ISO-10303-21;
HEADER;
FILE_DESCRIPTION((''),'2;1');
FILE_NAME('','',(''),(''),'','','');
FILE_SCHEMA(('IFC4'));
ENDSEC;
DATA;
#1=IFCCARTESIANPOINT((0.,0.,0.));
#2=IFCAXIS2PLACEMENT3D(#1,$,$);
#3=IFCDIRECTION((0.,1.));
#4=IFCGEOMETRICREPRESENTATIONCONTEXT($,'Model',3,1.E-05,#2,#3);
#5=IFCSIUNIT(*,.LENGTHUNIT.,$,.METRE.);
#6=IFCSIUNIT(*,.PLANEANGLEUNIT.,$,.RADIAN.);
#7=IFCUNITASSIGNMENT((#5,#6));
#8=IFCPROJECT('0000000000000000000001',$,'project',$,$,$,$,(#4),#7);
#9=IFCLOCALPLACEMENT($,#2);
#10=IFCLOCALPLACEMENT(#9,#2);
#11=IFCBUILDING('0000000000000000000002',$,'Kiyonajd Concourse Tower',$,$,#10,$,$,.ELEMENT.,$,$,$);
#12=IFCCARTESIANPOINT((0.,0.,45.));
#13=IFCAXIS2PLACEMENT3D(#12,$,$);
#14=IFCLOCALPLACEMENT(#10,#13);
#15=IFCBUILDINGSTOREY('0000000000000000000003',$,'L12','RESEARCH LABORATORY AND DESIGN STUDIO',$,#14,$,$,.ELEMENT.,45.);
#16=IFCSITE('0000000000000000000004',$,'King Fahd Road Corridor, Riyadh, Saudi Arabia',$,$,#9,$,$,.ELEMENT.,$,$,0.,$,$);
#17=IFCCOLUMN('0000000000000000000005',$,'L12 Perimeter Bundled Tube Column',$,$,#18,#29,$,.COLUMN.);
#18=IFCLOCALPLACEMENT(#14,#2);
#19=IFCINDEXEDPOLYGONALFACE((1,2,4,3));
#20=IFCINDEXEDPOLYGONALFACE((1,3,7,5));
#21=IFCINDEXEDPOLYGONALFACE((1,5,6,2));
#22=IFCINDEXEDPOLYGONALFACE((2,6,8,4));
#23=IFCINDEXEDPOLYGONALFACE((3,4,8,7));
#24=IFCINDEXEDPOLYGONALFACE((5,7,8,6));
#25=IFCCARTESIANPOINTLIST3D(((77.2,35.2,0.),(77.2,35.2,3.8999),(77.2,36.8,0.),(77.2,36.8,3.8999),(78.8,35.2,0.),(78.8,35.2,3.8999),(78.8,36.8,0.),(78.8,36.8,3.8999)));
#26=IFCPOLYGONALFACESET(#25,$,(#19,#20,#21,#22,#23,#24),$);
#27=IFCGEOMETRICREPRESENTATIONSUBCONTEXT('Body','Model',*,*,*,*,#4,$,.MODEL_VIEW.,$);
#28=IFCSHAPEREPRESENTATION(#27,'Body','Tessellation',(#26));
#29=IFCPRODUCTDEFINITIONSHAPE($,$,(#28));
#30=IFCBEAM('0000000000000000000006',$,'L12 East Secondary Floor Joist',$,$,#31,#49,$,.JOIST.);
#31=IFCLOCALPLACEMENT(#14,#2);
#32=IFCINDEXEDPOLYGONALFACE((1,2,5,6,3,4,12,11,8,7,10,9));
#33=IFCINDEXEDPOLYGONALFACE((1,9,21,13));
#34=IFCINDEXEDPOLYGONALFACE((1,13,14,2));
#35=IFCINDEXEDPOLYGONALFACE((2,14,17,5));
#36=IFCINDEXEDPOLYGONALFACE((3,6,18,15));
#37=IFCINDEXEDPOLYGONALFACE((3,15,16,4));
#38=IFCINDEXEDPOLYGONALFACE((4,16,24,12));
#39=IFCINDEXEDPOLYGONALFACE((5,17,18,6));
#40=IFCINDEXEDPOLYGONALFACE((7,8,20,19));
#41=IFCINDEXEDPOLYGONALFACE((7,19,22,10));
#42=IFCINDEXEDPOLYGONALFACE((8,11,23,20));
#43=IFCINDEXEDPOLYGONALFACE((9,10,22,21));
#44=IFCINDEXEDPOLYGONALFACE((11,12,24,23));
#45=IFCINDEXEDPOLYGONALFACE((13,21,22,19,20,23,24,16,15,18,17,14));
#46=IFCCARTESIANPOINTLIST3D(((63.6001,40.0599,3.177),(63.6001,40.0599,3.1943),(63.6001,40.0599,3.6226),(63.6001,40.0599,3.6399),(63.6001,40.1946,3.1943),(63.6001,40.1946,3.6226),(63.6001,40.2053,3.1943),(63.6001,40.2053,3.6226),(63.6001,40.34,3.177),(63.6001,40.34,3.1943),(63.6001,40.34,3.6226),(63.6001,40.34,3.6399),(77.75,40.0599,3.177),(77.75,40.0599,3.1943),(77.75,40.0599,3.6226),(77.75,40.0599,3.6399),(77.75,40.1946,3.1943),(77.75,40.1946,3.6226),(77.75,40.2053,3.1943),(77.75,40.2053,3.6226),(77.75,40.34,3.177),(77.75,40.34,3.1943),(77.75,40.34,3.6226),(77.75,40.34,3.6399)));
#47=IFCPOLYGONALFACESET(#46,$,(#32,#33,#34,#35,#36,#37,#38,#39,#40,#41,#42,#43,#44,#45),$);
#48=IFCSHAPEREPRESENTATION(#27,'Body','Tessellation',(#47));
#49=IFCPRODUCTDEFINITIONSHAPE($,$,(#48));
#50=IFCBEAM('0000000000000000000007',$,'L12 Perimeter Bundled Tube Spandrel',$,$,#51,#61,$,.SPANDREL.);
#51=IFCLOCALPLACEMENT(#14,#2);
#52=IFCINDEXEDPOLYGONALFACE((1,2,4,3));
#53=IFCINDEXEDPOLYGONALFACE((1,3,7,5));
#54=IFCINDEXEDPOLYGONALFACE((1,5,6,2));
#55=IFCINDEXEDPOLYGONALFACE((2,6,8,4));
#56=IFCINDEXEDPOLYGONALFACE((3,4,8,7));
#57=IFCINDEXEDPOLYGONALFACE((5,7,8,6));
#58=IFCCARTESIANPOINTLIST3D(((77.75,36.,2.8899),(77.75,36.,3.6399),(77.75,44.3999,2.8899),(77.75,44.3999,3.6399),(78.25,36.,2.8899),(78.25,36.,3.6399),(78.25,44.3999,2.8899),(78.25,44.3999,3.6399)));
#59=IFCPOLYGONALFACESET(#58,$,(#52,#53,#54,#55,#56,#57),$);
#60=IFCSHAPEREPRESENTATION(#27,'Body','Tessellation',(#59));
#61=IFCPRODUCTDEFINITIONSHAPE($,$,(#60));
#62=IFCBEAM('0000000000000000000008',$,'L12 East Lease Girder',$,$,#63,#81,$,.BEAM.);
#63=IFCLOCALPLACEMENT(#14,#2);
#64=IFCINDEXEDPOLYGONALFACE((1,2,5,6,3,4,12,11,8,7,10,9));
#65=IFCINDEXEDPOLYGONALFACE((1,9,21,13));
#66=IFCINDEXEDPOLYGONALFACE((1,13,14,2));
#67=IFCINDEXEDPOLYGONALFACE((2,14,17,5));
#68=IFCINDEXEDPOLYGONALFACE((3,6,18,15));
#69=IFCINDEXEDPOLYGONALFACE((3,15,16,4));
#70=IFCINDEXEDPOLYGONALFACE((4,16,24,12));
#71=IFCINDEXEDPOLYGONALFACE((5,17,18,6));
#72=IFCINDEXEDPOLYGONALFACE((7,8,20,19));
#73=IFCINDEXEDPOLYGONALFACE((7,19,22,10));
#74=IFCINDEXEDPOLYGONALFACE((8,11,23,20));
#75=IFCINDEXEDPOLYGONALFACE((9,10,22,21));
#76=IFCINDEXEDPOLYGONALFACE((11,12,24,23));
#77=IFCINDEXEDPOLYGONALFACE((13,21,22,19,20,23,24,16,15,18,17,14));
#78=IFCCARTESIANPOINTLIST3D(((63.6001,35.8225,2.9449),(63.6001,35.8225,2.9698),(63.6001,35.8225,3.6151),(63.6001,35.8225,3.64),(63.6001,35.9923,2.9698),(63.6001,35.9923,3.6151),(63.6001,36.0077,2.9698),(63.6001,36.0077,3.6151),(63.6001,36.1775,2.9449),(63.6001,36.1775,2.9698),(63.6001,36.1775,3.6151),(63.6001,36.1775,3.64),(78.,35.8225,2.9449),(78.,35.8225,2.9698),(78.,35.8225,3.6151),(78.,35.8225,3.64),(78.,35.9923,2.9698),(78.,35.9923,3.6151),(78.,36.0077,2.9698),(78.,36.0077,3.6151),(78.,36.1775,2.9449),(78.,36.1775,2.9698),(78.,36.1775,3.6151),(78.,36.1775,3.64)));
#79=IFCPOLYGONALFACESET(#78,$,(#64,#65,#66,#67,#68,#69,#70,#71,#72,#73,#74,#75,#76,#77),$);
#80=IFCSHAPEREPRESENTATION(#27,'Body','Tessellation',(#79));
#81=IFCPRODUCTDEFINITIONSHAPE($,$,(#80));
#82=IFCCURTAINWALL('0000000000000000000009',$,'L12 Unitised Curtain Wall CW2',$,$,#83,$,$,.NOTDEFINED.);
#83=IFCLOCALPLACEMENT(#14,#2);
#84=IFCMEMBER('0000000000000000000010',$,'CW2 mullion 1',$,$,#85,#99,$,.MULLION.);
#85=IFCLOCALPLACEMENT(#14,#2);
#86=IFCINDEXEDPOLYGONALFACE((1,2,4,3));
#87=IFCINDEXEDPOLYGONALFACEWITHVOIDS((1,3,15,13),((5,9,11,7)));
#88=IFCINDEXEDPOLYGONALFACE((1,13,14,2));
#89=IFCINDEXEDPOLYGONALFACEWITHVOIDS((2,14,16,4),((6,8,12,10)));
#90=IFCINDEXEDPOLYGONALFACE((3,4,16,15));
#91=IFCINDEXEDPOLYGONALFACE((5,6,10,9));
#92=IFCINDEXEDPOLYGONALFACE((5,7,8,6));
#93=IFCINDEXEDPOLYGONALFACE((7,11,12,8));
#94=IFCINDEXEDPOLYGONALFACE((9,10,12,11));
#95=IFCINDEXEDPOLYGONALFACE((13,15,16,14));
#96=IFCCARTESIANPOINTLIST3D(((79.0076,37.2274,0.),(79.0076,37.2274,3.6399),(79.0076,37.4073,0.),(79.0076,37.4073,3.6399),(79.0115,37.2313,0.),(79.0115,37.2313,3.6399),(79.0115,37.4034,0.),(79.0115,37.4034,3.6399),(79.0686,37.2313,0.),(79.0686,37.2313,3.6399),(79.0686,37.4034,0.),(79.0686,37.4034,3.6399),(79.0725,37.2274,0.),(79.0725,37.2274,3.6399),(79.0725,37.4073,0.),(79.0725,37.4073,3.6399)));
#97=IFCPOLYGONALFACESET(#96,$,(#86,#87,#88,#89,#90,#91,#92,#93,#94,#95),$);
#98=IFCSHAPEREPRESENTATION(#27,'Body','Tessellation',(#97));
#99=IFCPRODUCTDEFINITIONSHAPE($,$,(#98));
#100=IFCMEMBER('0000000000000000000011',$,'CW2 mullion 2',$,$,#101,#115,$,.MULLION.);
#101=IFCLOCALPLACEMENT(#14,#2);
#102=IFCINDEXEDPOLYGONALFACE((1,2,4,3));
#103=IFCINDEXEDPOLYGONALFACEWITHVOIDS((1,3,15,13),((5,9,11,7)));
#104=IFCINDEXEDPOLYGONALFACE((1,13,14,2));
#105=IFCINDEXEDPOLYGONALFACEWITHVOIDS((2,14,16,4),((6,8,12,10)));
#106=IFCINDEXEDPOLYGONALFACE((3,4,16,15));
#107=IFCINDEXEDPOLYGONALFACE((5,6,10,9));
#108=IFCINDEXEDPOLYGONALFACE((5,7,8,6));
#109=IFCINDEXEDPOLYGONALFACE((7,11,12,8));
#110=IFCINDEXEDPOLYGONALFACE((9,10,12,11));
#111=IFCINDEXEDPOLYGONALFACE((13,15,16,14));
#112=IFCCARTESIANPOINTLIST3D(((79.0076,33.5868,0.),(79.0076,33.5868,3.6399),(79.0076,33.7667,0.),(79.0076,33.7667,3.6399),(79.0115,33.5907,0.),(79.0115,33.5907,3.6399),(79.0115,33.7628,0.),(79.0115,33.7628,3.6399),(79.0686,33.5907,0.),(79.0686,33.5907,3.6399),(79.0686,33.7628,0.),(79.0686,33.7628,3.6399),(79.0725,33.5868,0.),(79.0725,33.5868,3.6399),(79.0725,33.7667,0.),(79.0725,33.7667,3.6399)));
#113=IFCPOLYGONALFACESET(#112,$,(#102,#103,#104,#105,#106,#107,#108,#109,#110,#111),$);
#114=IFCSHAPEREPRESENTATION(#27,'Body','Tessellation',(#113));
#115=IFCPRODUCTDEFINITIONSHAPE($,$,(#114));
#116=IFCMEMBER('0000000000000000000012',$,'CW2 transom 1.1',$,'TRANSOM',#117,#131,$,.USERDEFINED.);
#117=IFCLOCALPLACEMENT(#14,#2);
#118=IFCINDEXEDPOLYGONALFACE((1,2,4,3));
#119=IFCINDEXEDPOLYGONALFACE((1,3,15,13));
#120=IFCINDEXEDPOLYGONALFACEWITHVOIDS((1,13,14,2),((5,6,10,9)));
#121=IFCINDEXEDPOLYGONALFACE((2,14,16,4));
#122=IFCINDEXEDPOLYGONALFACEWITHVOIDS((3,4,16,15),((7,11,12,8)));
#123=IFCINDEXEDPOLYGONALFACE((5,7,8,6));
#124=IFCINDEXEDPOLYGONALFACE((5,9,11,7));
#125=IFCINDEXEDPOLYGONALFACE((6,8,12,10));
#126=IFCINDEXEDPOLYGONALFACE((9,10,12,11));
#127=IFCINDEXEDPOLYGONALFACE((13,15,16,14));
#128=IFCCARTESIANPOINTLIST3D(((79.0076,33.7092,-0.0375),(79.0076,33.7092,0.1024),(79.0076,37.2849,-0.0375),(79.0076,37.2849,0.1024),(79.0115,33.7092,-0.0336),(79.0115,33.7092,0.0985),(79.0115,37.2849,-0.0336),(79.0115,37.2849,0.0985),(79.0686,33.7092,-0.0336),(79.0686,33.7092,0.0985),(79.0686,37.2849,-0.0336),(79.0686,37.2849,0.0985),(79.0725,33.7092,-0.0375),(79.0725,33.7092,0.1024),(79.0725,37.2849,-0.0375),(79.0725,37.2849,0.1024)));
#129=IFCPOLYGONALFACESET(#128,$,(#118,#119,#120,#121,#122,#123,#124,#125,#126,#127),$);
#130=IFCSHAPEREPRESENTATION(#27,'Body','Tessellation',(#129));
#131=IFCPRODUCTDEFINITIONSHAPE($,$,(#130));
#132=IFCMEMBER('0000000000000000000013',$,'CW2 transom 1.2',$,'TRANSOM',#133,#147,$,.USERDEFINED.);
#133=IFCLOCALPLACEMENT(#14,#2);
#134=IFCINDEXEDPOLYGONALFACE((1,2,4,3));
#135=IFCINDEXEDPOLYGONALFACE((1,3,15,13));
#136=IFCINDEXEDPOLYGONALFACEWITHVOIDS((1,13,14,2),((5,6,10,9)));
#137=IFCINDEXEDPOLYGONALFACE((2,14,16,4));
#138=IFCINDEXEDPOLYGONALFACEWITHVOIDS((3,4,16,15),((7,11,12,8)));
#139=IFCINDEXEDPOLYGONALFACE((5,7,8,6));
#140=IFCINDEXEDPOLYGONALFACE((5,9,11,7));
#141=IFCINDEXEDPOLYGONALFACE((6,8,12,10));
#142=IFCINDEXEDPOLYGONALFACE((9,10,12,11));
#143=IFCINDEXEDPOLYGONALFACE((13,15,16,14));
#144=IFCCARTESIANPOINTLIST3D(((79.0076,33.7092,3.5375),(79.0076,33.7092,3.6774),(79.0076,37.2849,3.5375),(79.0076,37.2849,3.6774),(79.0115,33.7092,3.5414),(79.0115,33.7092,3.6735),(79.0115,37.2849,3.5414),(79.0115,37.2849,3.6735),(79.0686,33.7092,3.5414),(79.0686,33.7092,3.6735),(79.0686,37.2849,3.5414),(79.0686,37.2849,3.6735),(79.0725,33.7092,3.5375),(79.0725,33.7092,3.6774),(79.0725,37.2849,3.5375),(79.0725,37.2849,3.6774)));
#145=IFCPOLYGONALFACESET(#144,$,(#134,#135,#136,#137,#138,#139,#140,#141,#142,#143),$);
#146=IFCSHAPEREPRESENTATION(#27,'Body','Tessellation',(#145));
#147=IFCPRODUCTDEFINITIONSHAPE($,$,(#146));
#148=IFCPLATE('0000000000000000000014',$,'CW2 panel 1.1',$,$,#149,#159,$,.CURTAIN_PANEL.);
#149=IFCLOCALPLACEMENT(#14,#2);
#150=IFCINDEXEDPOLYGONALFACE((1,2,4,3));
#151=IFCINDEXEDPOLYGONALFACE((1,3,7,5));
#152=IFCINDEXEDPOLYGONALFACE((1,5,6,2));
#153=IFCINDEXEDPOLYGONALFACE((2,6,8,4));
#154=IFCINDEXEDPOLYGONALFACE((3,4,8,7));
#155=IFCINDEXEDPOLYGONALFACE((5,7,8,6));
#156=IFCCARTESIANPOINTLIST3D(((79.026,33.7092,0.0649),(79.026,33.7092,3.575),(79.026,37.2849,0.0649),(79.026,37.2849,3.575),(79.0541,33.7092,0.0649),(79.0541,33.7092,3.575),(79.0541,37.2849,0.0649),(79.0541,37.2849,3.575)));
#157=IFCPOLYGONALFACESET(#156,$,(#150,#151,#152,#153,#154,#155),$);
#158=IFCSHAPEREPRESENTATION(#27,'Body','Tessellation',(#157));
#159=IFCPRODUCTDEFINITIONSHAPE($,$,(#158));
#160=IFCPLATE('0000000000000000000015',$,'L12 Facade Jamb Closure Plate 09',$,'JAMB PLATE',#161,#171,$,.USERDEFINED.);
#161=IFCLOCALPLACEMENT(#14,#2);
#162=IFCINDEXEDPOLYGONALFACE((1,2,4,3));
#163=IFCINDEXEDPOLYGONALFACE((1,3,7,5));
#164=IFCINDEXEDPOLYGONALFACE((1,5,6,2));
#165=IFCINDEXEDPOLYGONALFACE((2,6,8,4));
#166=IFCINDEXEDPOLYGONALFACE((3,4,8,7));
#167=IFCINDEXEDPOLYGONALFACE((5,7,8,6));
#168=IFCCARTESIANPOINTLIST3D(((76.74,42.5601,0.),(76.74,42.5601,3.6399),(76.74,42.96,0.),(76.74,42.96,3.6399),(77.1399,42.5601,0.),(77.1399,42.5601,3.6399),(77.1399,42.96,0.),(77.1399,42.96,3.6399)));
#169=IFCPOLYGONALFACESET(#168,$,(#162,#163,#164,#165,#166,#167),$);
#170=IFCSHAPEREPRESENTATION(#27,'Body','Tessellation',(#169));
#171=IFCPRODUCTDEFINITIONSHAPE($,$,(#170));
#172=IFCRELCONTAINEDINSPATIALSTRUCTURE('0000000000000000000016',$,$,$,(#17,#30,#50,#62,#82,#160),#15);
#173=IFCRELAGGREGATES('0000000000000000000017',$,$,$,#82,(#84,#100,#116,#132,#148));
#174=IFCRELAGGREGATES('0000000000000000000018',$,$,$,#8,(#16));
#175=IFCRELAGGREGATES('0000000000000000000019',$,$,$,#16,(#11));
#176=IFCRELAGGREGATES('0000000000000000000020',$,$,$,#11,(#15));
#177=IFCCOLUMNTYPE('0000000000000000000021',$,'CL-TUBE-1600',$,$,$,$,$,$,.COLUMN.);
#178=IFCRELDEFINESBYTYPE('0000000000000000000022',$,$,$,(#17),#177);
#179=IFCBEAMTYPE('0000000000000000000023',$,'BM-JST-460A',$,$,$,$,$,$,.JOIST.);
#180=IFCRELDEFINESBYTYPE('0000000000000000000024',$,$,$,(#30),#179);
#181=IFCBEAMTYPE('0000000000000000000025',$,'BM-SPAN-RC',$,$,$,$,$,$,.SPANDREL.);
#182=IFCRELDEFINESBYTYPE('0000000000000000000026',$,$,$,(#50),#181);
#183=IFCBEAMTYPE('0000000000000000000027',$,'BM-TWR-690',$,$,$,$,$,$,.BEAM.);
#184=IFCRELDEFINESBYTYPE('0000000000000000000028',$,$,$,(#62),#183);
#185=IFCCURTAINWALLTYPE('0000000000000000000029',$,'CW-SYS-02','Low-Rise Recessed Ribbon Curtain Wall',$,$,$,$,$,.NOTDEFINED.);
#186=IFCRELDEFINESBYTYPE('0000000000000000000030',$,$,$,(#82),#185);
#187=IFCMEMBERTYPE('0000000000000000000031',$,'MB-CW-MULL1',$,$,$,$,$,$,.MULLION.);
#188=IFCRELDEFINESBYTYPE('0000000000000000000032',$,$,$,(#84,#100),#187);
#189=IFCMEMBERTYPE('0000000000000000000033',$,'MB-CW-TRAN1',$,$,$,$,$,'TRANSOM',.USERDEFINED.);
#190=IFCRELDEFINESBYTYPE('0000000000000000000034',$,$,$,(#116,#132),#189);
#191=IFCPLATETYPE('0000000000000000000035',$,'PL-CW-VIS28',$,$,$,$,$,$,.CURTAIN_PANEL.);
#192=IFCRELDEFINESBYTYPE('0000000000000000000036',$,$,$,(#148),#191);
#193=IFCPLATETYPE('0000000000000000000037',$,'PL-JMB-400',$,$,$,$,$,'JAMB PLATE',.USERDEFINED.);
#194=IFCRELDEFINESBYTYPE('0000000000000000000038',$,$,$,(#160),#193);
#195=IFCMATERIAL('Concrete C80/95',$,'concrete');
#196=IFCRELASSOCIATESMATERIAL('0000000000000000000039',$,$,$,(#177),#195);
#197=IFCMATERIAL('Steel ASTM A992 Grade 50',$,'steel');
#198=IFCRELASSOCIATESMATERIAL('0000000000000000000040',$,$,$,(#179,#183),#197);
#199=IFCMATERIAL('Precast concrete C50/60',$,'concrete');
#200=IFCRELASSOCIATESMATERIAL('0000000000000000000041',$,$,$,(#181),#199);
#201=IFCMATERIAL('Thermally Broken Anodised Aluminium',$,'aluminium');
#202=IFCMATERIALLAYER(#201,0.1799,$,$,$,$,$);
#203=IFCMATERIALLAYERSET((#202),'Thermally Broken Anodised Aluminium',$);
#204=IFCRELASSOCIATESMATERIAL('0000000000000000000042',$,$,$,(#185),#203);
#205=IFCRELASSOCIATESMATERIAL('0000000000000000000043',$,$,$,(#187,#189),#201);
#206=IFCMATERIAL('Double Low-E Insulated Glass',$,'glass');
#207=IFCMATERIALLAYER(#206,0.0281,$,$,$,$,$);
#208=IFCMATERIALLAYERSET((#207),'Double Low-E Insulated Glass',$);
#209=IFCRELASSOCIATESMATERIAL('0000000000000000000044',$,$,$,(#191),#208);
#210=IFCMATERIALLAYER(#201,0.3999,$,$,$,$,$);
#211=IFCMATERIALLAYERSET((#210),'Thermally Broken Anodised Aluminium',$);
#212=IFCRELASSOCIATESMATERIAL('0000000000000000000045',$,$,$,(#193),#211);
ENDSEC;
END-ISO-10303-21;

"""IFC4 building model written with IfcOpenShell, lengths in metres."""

from ifc_helpers import new_model, si_unit, direction, frame, origin, origin_2d, place, context, subcontext, project, spatial, rectangle, hollow_rectangle, i_section, extrude, material, layer, layer_set, material_profile, profile_set, type_object, element, aggregate, save


model = new_model("IFC4")

# Units and contexts
model_context = context("Model", 3, precision=1e-05, world=origin(), true_north=direction((0.0, 1.0)))
body_context = subcontext(model_context, "Body", "Model", "MODEL_VIEW")
ifc_project = project(units=[si_unit("LENGTHUNIT", "METRE"), si_unit("PLANEANGLEUNIT", "RADIAN")], contexts=[model_context])

# Site, building, storey
site_placement = place(None, origin())
site = spatial("IfcSite", under=ifc_project, at=site_placement, Name="King Fahd Road Corridor, Riyadh, Saudi Arabia", CompositionType="ELEMENT", RefElevation=0.0)
building_placement = place(site_placement, origin())
building = spatial("IfcBuilding", under=site, at=building_placement, Name="Kiyonajd Concourse Tower", CompositionType="ELEMENT")
storey_placement = place(building_placement, frame((0.0, 0.0, 45.0)))
storey = spatial("IfcBuildingStorey", under=building, at=storey_placement, Name="L12", Description="RESEARCH LABORATORY AND DESIGN STUDIO", CompositionType="ELEMENT", Elevation=45.0)

# Column
ifc_material_1 = material(Name="Concrete C80/95", Category="concrete")
ifc_material_profile_1 = material_profile(ifc_material_1, rectangle(XDim=1.6001, YDim=1.6001, at=origin_2d()), Name="RC-1600x1600")
ifc_profile_set_1 = profile_set([ifc_material_profile_1], Name="Concrete C80/95")
column_type = type_object("IfcColumnType", Name="CL-TUBE-1600", PredefinedType="COLUMN", material=ifc_profile_set_1)
column_placement = place(storey_placement, frame((78.0, 36.0, 0.0), z_axis=(0.0, 0.0, 1.0), x_axis=(1.0, 0.0, 0.0)))
element("IfcColumn", 1, at=column_placement, inside=storey, type_object=column_type, Name="L12 Perimeter Bundled Tube Column", PredefinedType="COLUMN", context=body_context, shape_type="SweptSolid", body=[
    extrude(rectangle(XDim=1.6001, YDim=1.6001, at=origin_2d()), origin(), (0.0, 0.0, 1.0), 3.8999),
])

# Beams
ifc_material_2 = material(Name="Steel ASTM A992 Grade 50", Category="steel")
ifc_material_profile_2 = material_profile(ifc_material_2, i_section(OverallWidth=0.28, OverallDepth=0.4629, WebThickness=0.0107, FlangeThickness=0.0173, at=origin_2d()), Name="W460X113")
ifc_profile_set_2 = profile_set([ifc_material_profile_2], Name="Steel ASTM A992 Grade 50")
beam_type_1 = type_object("IfcBeamType", Name="BM-JST-460A", PredefinedType="JOIST", material=ifc_profile_set_2)
beam_1_placement = place(storey_placement, frame((63.6001, 40.2, 3.4084), z_axis=(1.0, 0.0, 0.0), x_axis=(0.0, 1.0, 0.0)))
element("IfcBeam", 2, at=beam_1_placement, inside=storey, type_object=beam_type_1, Name="L12 East Secondary Floor Joist", PredefinedType="JOIST", context=body_context, shape_type="SweptSolid", body=[
    extrude(i_section(OverallWidth=0.28, OverallDepth=0.4629, WebThickness=0.0107, FlangeThickness=0.0173, at=origin_2d()), origin(), (0.0, 0.0, 1.0), 14.1499),
])
ifc_material_3 = material(Name="Precast concrete C50/60", Category="concrete")
ifc_material_profile_3 = material_profile(ifc_material_3, rectangle(XDim=0.5, YDim=0.75, at=origin_2d()), Name="RCBM-500x750")
ifc_profile_set_3 = profile_set([ifc_material_profile_3], Name="Precast concrete C50/60")
beam_type_2 = type_object("IfcBeamType", Name="BM-SPAN-RC", PredefinedType="SPANDREL", material=ifc_profile_set_3)
beam_2_placement = place(storey_placement, frame((78.0, 36.0, 3.2649), z_axis=(0.0, 1.0, 0.0), x_axis=(-1.0, 0.0, 0.0)))
element("IfcBeam", 3, at=beam_2_placement, inside=storey, type_object=beam_type_2, Name="L12 Perimeter Bundled Tube Spandrel", PredefinedType="SPANDREL", context=body_context, shape_type="SweptSolid", body=[
    extrude(rectangle(XDim=0.5, YDim=0.75, at=origin_2d()), origin(), (0.0, 0.0, 1.0), 8.3999),
])
ifc_material_profile_4 = material_profile(ifc_material_2, i_section(OverallWidth=0.355, OverallDepth=0.6951, WebThickness=0.0154, FlangeThickness=0.0249, at=origin_2d()), Name="W690X217")
ifc_profile_set_4 = profile_set([ifc_material_profile_4], Name="Steel ASTM A992 Grade 50")
beam_type_3 = type_object("IfcBeamType", Name="BM-TWR-690", PredefinedType="BEAM", material=ifc_profile_set_4)
beam_3_placement = place(storey_placement, frame((63.6001, 36.0, 3.2925), z_axis=(1.0, 0.0, 0.0), x_axis=(0.0, 1.0, 0.0)))
element("IfcBeam", 4, at=beam_3_placement, inside=storey, type_object=beam_type_3, Name="L12 East Lease Girder", PredefinedType="BEAM", context=body_context, shape_type="SweptSolid", body=[
    extrude(i_section(OverallWidth=0.355, OverallDepth=0.6951, WebThickness=0.0154, FlangeThickness=0.0249, at=origin_2d()), origin(), (0.0, 0.0, 1.0), 14.3999),
])

# Curtain wall, members, plate
ifc_material_4 = material(Name="Thermally Broken Anodised Aluminium", Category="aluminium")
ifc_layer_1 = layer(ifc_material_4, 0.1799)
ifc_layer_set_1 = layer_set([ifc_layer_1], Name="Thermally Broken Anodised Aluminium")
curtain_wall_type = type_object("IfcCurtainWallType", Name="CW-SYS-02", Description="Low-Rise Recessed Ribbon Curtain Wall", PredefinedType="NOTDEFINED", material=ifc_layer_set_1)
curtain_wall_placement = place(storey_placement, origin())
curtain_wall = element("IfcCurtainWall", 5, at=curtain_wall_placement, inside=storey, type_object=curtain_wall_type, Name="L12 Unitised Curtain Wall CW2", PredefinedType="NOTDEFINED")
ifc_material_profile_5 = material_profile(ifc_material_4, hollow_rectangle(XDim=0.0649, YDim=0.1799, WallThickness=0.0039, at=origin_2d()), Name="MULL-65x180")
ifc_profile_set_5 = profile_set([ifc_material_profile_5], Name="Thermally Broken Anodised Aluminium")
member_type_1 = type_object("IfcMemberType", Name="MB-CW-MULL1", PredefinedType="MULLION", material=ifc_profile_set_5)
member_1_placement = place(storey_placement, frame((79.04, 37.3174, 0.0), z_axis=(0.0, 0.0, 1.0), x_axis=(1.0, 0.0, 0.0)))
member_1 = element("IfcMember", 6, at=member_1_placement, type_object=member_type_1, Name="CW2 mullion 1", PredefinedType="MULLION", context=body_context, shape_type="SweptSolid", body=[
    extrude(hollow_rectangle(XDim=0.0649, YDim=0.1799, WallThickness=0.0039, at=origin_2d()), origin(), (0.0, 0.0, 1.0), 3.6399),
])
member_2_placement = place(storey_placement, frame((79.04, 33.6768, 0.0), z_axis=(0.0, 0.0, 1.0), x_axis=(1.0, 0.0, 0.0)))
member_2 = element("IfcMember", 7, at=member_2_placement, type_object=member_type_1, Name="CW2 mullion 2", PredefinedType="MULLION", context=body_context, shape_type="SweptSolid", body=[
    extrude(hollow_rectangle(XDim=0.0649, YDim=0.1799, WallThickness=0.0039, at=origin_2d()), origin(), (0.0, 0.0, 1.0), 3.6399),
])
ifc_material_profile_6 = material_profile(ifc_material_4, hollow_rectangle(XDim=0.0649, YDim=0.1399, WallThickness=0.0039, at=origin_2d()), Name="TRAN-65x140")
ifc_profile_set_6 = profile_set([ifc_material_profile_6], Name="Thermally Broken Anodised Aluminium")
member_type_2 = type_object("IfcMemberType", Name="MB-CW-TRAN1", ElementType="TRANSOM", PredefinedType="USERDEFINED", material=ifc_profile_set_6)
member_3_placement = place(storey_placement, frame((79.04, 37.2849, 0.0325), z_axis=(0.0, -1.0, 0.0), x_axis=(1.0, 0.0, 0.0)))
member_3 = element("IfcMember", 8, at=member_3_placement, type_object=member_type_2, Name="CW2 transom 1.1", ObjectType="TRANSOM", PredefinedType="USERDEFINED", context=body_context, shape_type="SweptSolid", body=[
    extrude(hollow_rectangle(XDim=0.0649, YDim=0.1399, WallThickness=0.0039, at=origin_2d()), origin(), (0.0, 0.0, 1.0), 3.5757),
])
member_4_placement = place(storey_placement, frame((79.04, 37.2849, 3.6074), z_axis=(0.0, -1.0, 0.0), x_axis=(1.0, 0.0, 0.0)))
member_4 = element("IfcMember", 9, at=member_4_placement, type_object=member_type_2, Name="CW2 transom 1.2", ObjectType="TRANSOM", PredefinedType="USERDEFINED", context=body_context, shape_type="SweptSolid", body=[
    extrude(hollow_rectangle(XDim=0.0649, YDim=0.1399, WallThickness=0.0039, at=origin_2d()), origin(), (0.0, 0.0, 1.0), 3.5757),
])
ifc_material_5 = material(Name="Double Low-E Insulated Glass", Category="glass")
ifc_layer_2 = layer(ifc_material_5, 0.0281)
ifc_layer_set_2 = layer_set([ifc_layer_2], Name="Double Low-E Insulated Glass")
plate_type_1 = type_object("IfcPlateType", Name="PL-CW-VIS28", PredefinedType="CURTAIN_PANEL", material=ifc_layer_set_2)
plate_placement = place(storey_placement, frame((79.04, 35.4971, 0.0649), z_axis=(0.0, 0.0, 1.0), x_axis=(0.0, -1.0, 0.0)))
plate = element("IfcPlate", 10, at=plate_placement, type_object=plate_type_1, Name="CW2 panel 1.1", PredefinedType="CURTAIN_PANEL", context=body_context, shape_type="SweptSolid", body=[
    extrude(rectangle(XDim=3.5757, YDim=0.0281, at=origin_2d()), origin(), (0.0, 0.0, 1.0), 3.51),
])
aggregate(curtain_wall, [member_1, member_2, member_3, member_4, plate])

# Plate
ifc_layer_3 = layer(ifc_material_4, 0.3999)
ifc_layer_set_3 = layer_set([ifc_layer_3], Name="Thermally Broken Anodised Aluminium")
plate_type_2 = type_object("IfcPlateType", Name="PL-JMB-400", ElementType="JAMB PLATE", PredefinedType="USERDEFINED", material=ifc_layer_set_3)
for number, where, z_axis, x_axis, name in (
    (11, (76.9399, 42.76, 0.0), (0.0, 0.0, 1.0), (1.0, 0.0, 0.0), "L12 Facade Jamb Closure Plate 09"),
):
    element("IfcPlate", number, at=place(storey_placement, frame(where, z_axis=z_axis, x_axis=x_axis)), inside=storey, type_object=plate_type_2, Name=name, ObjectType="JAMB PLATE", PredefinedType="USERDEFINED", context=body_context, shape_type="SweptSolid", body=[
        extrude(rectangle(XDim=0.3999, YDim=0.3999, at=origin_2d()), origin(), (0.0, 0.0, 1.0), 3.6399),
    ])

save(model, "model.ifc")
